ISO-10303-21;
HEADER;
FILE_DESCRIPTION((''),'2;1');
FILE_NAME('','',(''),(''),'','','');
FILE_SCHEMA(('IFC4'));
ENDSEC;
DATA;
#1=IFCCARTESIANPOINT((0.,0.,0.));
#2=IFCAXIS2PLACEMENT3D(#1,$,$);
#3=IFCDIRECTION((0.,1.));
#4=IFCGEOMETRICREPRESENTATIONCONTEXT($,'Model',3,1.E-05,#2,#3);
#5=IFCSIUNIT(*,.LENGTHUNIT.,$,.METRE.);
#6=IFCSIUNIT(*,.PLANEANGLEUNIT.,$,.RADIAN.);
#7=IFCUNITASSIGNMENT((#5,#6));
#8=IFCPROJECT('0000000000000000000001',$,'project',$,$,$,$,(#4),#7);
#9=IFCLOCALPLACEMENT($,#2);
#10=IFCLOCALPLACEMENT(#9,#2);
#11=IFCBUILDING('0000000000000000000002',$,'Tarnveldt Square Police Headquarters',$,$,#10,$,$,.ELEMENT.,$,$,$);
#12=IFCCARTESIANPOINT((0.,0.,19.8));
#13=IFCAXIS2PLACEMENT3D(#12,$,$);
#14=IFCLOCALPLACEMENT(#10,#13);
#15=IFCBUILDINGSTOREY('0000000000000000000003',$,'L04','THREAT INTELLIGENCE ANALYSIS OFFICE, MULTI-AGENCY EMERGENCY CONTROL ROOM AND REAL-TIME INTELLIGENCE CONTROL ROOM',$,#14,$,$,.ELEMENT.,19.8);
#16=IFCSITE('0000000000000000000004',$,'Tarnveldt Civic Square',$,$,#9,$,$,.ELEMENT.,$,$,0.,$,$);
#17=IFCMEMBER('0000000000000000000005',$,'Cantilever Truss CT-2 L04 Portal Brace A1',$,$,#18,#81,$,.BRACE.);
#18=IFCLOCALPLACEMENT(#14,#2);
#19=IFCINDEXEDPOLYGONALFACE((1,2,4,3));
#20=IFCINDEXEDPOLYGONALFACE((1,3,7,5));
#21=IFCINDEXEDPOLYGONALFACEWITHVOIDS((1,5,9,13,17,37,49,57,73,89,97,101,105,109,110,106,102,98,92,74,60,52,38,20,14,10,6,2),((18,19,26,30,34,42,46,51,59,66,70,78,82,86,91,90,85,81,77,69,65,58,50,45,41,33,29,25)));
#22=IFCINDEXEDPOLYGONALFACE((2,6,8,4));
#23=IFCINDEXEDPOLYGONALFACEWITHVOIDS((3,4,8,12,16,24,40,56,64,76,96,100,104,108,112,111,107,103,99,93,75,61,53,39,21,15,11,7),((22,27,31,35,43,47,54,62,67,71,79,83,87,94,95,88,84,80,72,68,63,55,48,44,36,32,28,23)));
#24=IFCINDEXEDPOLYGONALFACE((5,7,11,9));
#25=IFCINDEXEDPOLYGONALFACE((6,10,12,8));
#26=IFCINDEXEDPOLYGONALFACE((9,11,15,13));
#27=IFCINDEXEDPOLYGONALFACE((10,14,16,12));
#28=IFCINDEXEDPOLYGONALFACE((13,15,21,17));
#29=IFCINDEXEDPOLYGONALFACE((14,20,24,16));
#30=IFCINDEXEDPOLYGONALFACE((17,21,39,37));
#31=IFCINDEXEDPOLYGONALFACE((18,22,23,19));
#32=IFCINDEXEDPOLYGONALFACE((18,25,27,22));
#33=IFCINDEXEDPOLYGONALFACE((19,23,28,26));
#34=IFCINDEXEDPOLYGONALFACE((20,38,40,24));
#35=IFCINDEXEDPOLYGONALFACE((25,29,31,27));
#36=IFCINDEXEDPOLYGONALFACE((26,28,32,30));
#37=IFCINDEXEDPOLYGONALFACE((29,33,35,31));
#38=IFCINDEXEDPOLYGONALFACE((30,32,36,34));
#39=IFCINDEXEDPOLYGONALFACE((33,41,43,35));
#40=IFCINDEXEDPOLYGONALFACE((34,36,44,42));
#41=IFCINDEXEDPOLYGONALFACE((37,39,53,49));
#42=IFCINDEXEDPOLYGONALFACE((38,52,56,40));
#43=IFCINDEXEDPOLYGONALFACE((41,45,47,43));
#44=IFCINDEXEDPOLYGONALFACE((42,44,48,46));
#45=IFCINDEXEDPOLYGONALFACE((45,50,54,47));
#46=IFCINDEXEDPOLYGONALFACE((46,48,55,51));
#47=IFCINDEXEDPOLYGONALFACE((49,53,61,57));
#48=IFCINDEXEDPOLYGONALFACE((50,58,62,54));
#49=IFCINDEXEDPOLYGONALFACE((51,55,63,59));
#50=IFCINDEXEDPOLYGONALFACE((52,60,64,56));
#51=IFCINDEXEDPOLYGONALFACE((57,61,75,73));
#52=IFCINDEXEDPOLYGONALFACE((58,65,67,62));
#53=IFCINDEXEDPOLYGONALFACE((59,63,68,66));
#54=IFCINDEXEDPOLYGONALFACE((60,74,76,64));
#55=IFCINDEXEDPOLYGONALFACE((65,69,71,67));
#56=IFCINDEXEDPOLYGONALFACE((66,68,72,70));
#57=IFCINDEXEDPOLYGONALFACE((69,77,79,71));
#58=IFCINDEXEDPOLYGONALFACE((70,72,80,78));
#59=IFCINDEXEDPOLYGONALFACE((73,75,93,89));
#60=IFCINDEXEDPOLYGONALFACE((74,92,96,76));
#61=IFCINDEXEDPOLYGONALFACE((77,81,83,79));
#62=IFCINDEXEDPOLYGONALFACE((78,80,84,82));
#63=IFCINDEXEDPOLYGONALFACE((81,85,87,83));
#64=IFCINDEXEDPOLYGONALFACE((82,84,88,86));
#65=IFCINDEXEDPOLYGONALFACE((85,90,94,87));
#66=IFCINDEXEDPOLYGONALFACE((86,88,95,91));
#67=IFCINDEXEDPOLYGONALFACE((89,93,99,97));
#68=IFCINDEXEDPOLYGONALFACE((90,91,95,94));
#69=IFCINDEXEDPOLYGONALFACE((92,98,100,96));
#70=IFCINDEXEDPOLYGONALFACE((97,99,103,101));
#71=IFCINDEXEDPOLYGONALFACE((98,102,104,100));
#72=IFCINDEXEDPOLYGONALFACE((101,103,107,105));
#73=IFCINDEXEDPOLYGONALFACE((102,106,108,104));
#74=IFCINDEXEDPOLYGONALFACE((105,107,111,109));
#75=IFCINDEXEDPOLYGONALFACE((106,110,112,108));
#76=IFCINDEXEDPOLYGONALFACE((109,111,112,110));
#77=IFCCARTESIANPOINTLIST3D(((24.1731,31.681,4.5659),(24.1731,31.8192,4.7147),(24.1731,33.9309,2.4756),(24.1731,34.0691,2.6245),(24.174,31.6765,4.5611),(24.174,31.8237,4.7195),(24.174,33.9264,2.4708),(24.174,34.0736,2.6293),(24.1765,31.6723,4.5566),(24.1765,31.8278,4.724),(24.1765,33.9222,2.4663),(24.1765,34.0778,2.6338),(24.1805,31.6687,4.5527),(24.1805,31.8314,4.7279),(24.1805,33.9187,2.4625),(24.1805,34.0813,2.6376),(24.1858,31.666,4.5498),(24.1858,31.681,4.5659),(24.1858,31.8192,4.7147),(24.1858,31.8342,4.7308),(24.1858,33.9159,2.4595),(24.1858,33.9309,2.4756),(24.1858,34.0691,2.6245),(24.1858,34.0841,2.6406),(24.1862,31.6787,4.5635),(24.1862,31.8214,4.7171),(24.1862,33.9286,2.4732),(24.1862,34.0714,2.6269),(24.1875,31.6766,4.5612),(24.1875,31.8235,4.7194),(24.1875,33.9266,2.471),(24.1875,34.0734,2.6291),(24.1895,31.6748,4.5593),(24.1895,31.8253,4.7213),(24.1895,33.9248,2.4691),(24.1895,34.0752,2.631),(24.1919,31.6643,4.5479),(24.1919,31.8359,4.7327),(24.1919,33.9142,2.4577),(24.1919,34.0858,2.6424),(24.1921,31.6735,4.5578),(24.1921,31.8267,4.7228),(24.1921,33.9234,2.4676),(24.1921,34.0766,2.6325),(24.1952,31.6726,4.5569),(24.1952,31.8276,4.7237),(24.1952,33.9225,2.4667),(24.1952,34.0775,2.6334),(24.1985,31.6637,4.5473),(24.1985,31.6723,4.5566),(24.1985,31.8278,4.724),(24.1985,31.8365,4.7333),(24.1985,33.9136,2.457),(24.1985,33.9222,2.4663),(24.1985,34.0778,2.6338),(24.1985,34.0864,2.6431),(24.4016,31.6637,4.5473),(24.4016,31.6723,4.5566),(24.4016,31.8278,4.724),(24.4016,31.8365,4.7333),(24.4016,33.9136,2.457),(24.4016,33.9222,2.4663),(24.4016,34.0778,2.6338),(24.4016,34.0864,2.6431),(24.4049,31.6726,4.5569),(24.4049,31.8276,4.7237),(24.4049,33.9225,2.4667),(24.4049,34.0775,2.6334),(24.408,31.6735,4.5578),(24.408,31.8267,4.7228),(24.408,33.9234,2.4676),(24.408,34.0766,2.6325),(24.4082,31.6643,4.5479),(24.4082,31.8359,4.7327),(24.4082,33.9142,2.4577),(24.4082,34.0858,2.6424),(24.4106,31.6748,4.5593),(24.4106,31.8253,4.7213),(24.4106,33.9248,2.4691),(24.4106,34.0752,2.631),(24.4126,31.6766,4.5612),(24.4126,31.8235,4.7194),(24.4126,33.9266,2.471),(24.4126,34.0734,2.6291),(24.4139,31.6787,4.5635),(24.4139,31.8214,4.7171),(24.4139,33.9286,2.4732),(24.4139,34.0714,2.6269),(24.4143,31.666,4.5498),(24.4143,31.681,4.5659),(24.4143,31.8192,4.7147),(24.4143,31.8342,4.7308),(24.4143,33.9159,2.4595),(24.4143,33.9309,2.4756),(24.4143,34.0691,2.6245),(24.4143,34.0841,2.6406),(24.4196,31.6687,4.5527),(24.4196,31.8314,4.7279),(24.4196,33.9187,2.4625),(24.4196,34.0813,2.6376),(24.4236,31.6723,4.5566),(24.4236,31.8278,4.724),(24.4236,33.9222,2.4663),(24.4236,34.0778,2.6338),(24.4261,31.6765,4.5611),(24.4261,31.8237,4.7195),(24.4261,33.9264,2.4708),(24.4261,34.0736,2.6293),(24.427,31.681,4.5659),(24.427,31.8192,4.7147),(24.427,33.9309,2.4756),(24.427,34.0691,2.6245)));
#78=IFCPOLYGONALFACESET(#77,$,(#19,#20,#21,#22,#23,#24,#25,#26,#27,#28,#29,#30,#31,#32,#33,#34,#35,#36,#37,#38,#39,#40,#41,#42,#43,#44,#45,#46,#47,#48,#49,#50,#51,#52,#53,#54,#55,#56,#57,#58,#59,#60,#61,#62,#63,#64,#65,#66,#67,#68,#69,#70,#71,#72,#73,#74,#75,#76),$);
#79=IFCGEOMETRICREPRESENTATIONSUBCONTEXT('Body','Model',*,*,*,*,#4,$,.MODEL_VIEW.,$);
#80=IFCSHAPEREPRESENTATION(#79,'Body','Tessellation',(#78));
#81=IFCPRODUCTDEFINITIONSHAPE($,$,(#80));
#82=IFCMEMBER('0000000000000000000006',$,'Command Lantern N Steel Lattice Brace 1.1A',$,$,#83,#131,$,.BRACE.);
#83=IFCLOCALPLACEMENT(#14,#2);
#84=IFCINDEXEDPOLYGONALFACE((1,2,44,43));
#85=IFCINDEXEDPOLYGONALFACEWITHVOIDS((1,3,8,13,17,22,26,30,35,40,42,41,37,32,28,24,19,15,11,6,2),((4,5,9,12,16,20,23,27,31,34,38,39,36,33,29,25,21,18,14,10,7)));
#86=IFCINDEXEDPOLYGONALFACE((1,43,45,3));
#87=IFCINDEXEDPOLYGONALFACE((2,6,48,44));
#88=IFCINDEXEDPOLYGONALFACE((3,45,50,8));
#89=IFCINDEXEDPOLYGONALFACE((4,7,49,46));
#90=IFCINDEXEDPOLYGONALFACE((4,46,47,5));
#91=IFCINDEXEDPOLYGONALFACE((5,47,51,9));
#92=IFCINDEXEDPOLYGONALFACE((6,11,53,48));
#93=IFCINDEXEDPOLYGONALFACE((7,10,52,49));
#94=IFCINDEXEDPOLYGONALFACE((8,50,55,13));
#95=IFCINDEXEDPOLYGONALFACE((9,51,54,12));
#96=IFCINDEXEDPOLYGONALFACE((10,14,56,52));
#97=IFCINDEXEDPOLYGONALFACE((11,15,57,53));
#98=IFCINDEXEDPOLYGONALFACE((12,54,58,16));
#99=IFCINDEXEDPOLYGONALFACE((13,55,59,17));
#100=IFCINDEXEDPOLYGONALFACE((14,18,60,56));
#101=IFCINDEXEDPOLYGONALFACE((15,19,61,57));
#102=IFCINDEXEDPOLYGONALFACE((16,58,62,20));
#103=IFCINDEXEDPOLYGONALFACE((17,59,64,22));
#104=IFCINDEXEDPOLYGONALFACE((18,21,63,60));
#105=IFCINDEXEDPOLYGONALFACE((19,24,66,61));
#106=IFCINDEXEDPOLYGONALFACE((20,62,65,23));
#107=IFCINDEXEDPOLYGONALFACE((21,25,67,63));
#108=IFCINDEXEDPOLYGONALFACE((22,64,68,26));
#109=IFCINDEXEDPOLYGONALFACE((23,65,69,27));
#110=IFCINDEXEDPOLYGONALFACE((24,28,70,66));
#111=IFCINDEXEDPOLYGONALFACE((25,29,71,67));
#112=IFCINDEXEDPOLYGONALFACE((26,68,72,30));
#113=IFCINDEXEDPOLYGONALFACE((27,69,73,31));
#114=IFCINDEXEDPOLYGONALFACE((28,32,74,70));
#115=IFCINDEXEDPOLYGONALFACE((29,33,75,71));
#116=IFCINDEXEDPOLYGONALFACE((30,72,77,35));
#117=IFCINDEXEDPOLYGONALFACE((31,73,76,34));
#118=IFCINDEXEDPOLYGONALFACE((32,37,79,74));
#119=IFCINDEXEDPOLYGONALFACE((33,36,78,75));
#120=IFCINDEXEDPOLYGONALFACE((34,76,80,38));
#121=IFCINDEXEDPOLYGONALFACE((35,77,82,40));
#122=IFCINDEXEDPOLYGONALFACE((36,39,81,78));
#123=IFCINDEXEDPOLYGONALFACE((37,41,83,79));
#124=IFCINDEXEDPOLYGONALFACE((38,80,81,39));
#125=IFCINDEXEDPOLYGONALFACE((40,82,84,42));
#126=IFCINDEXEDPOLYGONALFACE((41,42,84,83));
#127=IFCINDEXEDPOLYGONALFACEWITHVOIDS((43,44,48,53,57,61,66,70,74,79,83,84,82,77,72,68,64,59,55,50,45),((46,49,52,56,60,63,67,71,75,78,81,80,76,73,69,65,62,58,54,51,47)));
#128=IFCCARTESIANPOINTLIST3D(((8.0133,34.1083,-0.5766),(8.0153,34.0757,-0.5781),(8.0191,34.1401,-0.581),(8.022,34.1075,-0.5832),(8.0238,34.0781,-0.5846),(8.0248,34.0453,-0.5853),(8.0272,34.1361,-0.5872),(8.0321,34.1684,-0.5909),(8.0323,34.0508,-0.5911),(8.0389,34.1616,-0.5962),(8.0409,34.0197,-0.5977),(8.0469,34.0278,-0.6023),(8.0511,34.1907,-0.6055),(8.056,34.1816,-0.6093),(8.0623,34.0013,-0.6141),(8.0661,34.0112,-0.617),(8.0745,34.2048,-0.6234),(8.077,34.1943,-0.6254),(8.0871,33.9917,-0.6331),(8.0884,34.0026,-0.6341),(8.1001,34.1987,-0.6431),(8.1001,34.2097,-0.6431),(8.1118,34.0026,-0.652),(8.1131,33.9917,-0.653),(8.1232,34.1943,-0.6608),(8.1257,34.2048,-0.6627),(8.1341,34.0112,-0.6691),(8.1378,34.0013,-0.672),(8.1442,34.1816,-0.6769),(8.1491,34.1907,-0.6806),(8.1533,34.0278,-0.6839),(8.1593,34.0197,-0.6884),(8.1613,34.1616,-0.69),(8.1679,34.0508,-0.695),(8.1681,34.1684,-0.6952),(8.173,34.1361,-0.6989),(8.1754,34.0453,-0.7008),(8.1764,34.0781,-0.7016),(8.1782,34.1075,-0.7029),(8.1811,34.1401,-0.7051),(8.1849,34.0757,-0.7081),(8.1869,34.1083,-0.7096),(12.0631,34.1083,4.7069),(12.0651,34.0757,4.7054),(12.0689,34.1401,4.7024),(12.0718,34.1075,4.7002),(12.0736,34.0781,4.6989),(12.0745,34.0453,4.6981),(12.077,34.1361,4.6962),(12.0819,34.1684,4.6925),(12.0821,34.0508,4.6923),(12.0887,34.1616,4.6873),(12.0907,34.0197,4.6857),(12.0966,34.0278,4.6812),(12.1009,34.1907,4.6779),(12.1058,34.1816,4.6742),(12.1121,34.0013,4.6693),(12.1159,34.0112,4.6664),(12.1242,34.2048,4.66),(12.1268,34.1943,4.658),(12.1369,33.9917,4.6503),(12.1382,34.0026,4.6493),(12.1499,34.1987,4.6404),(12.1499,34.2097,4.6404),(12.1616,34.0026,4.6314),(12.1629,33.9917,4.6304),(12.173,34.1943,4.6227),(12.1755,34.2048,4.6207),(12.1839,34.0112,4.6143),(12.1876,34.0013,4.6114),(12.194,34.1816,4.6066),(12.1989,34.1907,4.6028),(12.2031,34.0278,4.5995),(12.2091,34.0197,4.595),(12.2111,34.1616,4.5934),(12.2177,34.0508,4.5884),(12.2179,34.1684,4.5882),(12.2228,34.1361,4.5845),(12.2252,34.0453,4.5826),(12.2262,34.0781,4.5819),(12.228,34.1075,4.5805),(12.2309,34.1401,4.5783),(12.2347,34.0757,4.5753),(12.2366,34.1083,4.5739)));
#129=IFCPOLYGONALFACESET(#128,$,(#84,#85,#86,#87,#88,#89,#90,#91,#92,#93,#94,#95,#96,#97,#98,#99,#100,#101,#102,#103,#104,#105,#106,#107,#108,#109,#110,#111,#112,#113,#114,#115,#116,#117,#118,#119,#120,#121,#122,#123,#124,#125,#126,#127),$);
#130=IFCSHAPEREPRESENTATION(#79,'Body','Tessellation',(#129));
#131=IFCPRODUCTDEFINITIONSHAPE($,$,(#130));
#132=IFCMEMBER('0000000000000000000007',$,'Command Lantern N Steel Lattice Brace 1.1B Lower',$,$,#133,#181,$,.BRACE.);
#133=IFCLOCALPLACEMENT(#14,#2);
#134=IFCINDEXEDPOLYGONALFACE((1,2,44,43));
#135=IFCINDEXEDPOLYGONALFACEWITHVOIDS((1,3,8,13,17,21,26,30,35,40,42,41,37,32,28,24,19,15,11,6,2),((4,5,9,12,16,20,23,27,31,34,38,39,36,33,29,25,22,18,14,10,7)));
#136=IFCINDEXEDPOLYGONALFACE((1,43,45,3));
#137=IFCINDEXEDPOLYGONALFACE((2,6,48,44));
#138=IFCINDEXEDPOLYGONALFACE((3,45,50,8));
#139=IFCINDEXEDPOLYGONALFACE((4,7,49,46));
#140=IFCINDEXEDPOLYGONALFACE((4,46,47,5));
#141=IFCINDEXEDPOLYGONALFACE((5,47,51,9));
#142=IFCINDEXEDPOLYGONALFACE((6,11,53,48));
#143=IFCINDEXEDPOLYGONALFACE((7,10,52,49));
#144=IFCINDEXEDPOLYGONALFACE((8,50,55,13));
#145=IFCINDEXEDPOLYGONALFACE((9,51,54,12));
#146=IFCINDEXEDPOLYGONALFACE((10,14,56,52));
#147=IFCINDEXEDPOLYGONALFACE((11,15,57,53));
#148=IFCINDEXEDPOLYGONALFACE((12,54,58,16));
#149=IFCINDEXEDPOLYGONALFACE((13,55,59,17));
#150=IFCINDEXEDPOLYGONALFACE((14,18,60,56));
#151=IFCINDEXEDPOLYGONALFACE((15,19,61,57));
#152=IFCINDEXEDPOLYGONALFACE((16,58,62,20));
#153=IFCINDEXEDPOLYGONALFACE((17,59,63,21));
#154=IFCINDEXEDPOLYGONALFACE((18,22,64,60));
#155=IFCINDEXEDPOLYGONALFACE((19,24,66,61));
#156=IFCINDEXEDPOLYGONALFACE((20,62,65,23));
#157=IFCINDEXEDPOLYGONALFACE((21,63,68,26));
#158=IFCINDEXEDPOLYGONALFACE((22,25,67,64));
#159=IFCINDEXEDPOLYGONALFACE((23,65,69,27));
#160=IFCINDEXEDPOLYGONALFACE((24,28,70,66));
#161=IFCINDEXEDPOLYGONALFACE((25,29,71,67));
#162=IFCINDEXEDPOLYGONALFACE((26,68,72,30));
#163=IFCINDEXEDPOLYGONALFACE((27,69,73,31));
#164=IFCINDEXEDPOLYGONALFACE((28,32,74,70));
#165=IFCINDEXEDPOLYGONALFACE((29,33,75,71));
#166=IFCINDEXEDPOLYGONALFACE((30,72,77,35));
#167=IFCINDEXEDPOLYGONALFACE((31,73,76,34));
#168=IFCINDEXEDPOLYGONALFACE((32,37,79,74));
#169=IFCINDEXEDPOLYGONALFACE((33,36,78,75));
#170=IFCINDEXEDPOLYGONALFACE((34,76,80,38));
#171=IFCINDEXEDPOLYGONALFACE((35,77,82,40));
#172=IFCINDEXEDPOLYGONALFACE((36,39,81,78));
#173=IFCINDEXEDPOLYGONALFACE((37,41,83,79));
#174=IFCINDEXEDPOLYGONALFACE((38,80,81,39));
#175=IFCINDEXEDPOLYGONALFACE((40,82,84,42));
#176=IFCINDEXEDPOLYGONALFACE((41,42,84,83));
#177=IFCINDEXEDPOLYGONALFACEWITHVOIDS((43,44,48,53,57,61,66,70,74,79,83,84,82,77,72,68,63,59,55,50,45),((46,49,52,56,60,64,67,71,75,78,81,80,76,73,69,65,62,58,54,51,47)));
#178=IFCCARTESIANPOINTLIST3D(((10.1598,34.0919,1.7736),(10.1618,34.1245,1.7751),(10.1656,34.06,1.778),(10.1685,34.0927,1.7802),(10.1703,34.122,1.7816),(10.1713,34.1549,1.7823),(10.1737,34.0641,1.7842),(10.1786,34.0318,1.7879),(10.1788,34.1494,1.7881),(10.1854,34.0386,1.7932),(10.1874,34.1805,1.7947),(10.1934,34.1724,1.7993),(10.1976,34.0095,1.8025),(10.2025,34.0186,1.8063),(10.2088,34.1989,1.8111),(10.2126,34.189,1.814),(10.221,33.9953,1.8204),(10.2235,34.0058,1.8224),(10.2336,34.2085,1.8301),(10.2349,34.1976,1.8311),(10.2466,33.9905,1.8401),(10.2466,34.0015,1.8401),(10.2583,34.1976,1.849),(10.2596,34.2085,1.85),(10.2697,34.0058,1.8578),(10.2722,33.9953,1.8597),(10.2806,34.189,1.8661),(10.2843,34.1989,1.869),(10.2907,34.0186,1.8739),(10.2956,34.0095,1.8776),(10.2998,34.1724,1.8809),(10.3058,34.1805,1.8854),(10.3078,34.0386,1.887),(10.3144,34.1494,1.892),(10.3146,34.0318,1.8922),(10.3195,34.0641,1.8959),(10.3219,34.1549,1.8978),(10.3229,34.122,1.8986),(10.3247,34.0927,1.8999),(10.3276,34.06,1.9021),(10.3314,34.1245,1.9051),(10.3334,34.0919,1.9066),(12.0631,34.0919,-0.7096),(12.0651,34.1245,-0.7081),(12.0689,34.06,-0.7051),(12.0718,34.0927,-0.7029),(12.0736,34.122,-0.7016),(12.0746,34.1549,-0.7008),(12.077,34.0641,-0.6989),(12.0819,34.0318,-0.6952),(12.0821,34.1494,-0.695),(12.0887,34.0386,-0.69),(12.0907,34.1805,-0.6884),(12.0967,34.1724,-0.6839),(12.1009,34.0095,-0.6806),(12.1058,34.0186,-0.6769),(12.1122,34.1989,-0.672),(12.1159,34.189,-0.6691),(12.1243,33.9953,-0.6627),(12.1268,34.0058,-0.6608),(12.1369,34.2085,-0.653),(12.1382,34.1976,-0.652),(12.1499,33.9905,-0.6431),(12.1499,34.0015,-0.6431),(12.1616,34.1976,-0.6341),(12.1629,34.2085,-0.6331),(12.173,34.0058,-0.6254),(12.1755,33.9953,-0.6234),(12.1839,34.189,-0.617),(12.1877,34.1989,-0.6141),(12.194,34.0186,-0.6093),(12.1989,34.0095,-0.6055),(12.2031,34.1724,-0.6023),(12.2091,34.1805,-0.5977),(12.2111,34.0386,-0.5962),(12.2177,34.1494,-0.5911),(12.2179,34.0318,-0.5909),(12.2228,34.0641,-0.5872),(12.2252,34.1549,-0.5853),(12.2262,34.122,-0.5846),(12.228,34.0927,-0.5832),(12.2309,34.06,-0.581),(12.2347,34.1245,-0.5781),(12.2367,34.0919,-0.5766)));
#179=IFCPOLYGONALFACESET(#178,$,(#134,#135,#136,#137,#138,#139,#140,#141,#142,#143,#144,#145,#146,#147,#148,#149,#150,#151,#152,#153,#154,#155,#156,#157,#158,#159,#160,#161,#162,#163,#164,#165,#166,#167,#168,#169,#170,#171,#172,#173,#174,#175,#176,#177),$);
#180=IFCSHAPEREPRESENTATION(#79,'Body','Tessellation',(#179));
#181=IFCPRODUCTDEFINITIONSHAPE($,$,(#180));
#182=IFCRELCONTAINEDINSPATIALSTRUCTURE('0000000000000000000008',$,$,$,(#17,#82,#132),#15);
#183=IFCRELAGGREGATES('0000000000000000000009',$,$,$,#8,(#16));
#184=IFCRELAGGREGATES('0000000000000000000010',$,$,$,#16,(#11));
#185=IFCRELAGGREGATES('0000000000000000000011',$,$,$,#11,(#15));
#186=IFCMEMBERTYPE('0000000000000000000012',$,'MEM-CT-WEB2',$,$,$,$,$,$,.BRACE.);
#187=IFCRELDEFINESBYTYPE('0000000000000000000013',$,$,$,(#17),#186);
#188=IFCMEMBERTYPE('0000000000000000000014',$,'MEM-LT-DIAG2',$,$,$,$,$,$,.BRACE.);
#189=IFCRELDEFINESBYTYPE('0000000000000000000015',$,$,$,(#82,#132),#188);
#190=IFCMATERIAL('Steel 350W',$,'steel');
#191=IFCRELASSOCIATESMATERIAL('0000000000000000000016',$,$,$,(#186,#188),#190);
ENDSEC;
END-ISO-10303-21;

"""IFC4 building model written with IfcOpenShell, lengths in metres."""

from ifc_helpers import new_model, si_unit, direction, frame, origin, origin_2d, place, context, subcontext, project, spatial, hollow_rectangle, hollow_circle, extrude, material, material_profile, profile_set, type_object, element, save


model = new_model("IFC4")

# Units and contexts
model_context = context("Model", 3, precision=1e-05, world=origin(), true_north=direction((0.0, 1.0)))
body_context = subcontext(model_context, "Body", "Model", "MODEL_VIEW")
ifc_project = project(units=[si_unit("LENGTHUNIT", "METRE"), si_unit("PLANEANGLEUNIT", "RADIAN")], contexts=[model_context])

# Site, building, storey
site_placement = place(None, origin())
site = spatial("IfcSite", under=ifc_project, at=site_placement, Name="Tarnveldt Civic Square", CompositionType="ELEMENT", RefElevation=0.0)
building_placement = place(site_placement, origin())
building = spatial("IfcBuilding", under=site, at=building_placement, Name="Tarnveldt Square Police Headquarters", CompositionType="ELEMENT")
storey_placement = place(building_placement, frame((0.0, 0.0, 19.8)))
storey = spatial("IfcBuildingStorey", under=building, at=storey_placement, Name="L04", Description="THREAT INTELLIGENCE ANALYSIS OFFICE, MULTI-AGENCY EMERGENCY CONTROL ROOM AND REAL-TIME INTELLIGENCE CONTROL ROOM", CompositionType="ELEMENT", Elevation=19.8)

# Shared definitions
ifc_material_1 = material(Name="Steel 350W", Category="steel")

# Members
ifc_material_profile_1 = material_profile(ifc_material_1, hollow_rectangle(XDim=0.2539, YDim=0.2539, WallThickness=0.0127, InnerFilletRadius=0.0127, OuterFilletRadius=0.0254, at=origin_2d()), Name="HSS254x254x13")
ifc_profile_set_1 = profile_set([ifc_material_profile_1], Name="Steel 350W")
member_type_1 = type_object("IfcMemberType", Name="MEM-CT-WEB2", PredefinedType="BRACE", material=ifc_profile_set_1)
member_1_placement = place(storey_placement, frame((24.3, 34.0, 2.55), z_axis=(0.0, -0.732624, 0.680634), x_axis=(1.0, 0.0, 0.0)))
element("IfcMember", 1, at=member_1_placement, inside=storey, type_object=member_type_1, Name="Cantilever Truss CT-2 L04 Portal Brace A1", PredefinedType="BRACE", context=body_context, shape_type="SweptSolid", body=[
    extrude(hollow_rectangle(XDim=0.2539, YDim=0.2539, WallThickness=0.0127, InnerFilletRadius=0.0127, OuterFilletRadius=0.0254, at=origin_2d()), origin(), (0.0, 0.0, 1.0), 3.071),
])
ifc_material_profile_2 = material_profile(ifc_material_1, hollow_circle(Radius=0.1096, WallThickness=0.011, at=origin_2d()), Name="HSS219x11")
ifc_profile_set_2 = profile_set([ifc_material_profile_2], Name="Steel 350W")
member_type_2 = type_object("IfcMemberType", Name="MEM-LT-DIAG2", PredefinedType="BRACE", material=ifc_profile_set_2)
member_2_placement = place(storey_placement, frame((8.1001, 34.1001, -0.6431), z_axis=(0.608352, 0.0, 0.793667), x_axis=(0.0, 1.0, 0.0)))
element("IfcMember", 2, at=member_2_placement, inside=storey, type_object=member_type_2, Name="Command Lantern N Steel Lattice Brace 1.1A", PredefinedType="BRACE", context=body_context, shape_type="SweptSolid", body=[
    extrude(hollow_circle(Radius=0.1096, WallThickness=0.011, at=origin_2d()), origin(), (0.0, 0.0, 1.0), 6.657),
])
member_3_placement = place(storey_placement, frame((12.1499, 34.1001, -0.6431), z_axis=(-0.608345, 0.0, 0.793673), x_axis=(0.0, -1.0, 0.0)))
element("IfcMember", 3, at=member_3_placement, inside=storey, type_object=member_type_2, Name="Command Lantern N Steel Lattice Brace 1.1B Lower", PredefinedType="BRACE", context=body_context, shape_type="SweptSolid", body=[
    extrude(hollow_circle(Radius=0.1096, WallThickness=0.011, at=origin_2d()), origin(), (0.0, 0.0, 1.0), 3.1287),
])

save(model, "model.ifc")
